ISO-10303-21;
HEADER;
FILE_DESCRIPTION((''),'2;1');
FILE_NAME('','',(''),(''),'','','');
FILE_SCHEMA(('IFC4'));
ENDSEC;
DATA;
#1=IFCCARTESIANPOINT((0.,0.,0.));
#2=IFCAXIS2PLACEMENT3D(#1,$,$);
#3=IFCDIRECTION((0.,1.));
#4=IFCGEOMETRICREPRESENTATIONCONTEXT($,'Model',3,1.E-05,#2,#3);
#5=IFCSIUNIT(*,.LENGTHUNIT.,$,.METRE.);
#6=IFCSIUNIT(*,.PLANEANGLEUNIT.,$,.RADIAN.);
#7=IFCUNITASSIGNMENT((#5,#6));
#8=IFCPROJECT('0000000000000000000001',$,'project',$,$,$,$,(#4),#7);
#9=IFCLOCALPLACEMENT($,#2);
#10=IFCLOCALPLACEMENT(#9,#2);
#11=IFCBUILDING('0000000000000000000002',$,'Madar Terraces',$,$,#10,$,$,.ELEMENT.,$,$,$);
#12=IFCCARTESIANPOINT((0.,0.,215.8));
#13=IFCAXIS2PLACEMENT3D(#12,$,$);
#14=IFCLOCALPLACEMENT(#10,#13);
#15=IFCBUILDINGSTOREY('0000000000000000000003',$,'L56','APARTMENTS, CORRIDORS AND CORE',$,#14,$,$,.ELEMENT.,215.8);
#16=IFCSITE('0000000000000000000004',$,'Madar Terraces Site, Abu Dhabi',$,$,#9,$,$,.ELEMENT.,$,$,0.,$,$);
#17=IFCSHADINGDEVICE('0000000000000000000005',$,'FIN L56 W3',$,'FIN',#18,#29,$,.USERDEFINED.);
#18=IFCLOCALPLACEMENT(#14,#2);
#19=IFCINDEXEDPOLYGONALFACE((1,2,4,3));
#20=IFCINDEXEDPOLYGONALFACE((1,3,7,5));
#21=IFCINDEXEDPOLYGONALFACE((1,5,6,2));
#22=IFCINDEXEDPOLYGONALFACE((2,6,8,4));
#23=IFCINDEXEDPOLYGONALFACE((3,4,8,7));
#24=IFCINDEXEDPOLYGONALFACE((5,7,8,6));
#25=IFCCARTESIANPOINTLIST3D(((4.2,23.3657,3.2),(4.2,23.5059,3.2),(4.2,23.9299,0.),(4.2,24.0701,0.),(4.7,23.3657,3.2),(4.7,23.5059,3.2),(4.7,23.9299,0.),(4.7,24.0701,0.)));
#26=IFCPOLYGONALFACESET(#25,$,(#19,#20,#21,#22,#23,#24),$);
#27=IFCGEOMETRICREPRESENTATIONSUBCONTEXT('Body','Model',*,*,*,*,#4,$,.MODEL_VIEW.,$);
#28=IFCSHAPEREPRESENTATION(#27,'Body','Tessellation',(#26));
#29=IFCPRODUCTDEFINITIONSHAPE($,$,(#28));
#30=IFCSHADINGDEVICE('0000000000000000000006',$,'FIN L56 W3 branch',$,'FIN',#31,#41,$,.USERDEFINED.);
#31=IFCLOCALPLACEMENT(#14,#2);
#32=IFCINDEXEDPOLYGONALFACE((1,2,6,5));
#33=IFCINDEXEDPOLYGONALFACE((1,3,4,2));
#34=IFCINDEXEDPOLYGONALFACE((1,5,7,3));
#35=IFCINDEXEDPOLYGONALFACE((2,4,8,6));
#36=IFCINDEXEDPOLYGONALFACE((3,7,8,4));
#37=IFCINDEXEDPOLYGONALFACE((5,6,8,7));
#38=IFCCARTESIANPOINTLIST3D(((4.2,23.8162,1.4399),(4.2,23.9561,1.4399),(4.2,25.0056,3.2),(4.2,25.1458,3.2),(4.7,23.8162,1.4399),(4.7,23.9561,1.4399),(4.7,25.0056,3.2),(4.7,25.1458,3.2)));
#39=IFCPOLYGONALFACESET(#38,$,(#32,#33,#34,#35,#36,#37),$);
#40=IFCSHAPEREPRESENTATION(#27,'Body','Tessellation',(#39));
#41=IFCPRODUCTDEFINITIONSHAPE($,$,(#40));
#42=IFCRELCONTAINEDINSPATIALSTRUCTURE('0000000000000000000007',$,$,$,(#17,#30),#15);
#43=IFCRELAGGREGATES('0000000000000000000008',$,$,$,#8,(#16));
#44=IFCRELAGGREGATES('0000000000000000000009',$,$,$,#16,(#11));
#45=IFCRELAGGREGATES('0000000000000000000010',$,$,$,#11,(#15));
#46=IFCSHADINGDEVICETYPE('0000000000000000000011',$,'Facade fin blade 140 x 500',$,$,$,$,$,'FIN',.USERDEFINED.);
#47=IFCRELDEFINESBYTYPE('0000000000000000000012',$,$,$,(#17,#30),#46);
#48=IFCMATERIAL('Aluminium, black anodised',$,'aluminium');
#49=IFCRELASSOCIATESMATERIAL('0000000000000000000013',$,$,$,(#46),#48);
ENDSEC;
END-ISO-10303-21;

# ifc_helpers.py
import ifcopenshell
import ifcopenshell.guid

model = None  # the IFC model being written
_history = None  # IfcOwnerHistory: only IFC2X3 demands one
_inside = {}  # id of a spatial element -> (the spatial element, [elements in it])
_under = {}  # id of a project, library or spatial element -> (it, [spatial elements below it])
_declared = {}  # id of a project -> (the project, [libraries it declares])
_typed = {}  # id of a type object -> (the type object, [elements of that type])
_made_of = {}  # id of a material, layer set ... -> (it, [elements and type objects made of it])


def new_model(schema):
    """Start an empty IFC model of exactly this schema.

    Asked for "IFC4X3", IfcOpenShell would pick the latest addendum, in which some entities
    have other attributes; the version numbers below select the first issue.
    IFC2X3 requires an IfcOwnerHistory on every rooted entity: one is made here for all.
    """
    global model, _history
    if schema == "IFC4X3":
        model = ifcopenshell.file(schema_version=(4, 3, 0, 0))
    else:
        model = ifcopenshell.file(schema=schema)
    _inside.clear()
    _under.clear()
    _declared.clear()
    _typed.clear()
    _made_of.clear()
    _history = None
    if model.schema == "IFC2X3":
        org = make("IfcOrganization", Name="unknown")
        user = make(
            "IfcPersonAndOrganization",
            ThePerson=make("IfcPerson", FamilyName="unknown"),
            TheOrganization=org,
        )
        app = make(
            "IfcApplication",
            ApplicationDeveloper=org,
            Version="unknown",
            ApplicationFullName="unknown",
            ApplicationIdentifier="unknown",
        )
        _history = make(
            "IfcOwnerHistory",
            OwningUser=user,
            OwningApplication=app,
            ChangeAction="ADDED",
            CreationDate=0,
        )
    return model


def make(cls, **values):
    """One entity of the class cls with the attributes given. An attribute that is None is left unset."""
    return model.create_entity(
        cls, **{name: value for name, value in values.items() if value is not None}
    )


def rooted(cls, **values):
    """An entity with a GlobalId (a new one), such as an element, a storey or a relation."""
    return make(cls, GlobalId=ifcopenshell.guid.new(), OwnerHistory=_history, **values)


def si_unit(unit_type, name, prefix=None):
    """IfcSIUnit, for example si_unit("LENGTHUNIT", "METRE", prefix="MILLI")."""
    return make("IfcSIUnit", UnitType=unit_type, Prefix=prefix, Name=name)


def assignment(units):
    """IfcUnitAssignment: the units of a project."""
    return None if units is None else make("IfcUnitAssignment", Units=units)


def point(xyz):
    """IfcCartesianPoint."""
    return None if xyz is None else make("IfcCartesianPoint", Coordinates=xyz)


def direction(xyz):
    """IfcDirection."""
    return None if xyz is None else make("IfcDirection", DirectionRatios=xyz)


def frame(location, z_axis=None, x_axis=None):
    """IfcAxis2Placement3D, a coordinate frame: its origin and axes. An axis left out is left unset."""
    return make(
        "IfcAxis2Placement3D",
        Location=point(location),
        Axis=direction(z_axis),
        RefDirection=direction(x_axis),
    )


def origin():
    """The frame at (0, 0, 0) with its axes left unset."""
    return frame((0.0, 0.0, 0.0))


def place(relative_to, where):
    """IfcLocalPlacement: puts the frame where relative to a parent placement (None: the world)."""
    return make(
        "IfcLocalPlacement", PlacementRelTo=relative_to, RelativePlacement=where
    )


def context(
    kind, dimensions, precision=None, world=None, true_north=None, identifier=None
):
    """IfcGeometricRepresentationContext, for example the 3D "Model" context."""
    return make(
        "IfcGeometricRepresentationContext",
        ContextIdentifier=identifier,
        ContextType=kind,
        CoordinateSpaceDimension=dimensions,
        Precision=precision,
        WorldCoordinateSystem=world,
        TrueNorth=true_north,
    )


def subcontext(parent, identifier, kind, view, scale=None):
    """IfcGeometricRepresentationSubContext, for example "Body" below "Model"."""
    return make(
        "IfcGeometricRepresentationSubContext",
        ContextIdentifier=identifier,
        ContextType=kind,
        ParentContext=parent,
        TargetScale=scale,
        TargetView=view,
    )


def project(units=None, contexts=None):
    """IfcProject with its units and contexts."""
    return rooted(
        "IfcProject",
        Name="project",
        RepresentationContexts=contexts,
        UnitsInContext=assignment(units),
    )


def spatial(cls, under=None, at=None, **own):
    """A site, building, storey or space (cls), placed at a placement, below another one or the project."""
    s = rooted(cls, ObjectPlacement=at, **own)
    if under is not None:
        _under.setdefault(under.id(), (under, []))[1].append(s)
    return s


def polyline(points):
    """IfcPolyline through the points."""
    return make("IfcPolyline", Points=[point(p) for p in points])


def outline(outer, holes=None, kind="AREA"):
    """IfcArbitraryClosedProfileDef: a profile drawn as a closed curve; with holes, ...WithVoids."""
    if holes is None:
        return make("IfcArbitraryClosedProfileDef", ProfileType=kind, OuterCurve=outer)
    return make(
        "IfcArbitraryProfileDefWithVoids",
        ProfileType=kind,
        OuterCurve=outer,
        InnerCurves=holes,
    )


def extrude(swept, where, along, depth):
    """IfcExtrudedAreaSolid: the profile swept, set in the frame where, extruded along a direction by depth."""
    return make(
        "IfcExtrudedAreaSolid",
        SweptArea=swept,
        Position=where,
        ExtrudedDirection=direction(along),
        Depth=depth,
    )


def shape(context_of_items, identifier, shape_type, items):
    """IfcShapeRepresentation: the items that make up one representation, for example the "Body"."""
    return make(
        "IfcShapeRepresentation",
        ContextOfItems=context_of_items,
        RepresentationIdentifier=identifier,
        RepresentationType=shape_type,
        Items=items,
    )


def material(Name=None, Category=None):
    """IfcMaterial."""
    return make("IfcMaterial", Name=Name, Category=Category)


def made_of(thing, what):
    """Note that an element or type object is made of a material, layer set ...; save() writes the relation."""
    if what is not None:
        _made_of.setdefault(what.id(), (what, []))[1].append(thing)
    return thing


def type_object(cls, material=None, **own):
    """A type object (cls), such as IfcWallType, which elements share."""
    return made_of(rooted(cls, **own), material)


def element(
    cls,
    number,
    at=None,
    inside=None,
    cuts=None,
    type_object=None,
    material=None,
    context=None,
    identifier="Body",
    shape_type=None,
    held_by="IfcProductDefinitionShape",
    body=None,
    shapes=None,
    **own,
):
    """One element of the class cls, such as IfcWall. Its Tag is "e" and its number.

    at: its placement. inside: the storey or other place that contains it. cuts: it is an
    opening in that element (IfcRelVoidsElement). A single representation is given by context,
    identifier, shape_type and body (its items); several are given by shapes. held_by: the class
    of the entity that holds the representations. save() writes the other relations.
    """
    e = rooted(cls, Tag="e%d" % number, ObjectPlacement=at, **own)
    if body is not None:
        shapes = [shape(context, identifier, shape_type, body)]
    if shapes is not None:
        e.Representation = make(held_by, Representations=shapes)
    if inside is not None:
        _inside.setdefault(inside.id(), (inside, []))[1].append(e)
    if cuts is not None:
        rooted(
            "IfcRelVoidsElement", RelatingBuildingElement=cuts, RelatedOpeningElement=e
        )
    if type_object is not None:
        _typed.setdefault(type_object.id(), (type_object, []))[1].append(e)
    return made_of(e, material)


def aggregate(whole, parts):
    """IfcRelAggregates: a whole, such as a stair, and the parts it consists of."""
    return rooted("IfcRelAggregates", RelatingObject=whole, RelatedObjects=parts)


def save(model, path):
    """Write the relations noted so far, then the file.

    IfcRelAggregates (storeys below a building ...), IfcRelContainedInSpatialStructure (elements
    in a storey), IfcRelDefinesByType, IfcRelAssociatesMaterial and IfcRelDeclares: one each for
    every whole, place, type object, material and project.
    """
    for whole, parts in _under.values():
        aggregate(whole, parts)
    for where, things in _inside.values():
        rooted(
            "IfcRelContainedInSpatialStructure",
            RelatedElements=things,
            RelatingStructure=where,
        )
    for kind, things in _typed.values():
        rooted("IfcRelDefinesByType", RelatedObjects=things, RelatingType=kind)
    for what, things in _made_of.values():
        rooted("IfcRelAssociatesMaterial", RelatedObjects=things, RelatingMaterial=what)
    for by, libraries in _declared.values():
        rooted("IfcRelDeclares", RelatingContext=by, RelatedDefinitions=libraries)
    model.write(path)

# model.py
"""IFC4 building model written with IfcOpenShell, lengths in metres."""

from ifc_helpers import new_model, si_unit, direction, frame, origin, place, context, subcontext, project, spatial, polyline, outline, extrude, material, type_object, element, save


model = new_model("IFC4")

# Units and contexts
model_context = context("Model", 3, precision=1e-05, world=origin(), true_north=direction((0.0, 1.0)))
body_context = subcontext(model_context, "Body", "Model", "MODEL_VIEW")
ifc_project = project(units=[si_unit("LENGTHUNIT", "METRE"), si_unit("PLANEANGLEUNIT", "RADIAN")], contexts=[model_context])

# Site, building, storey
site_placement = place(None, origin())
site = spatial("IfcSite", under=ifc_project, at=site_placement, Name="Madar Terraces Site, Abu Dhabi", CompositionType="ELEMENT", RefElevation=0.0)
building_placement = place(site_placement, origin())
building = spatial("IfcBuilding", under=site, at=building_placement, Name="Madar Terraces", CompositionType="ELEMENT")
storey_placement = place(building_placement, frame((0.0, 0.0, 215.8)))
storey = spatial("IfcBuildingStorey", under=building, at=storey_placement, Name="L56", Description="APARTMENTS, CORRIDORS AND CORE", CompositionType="ELEMENT", Elevation=215.8)

# Shading devices
ifc_material_1 = material(Name="Aluminium, black anodised", Category="aluminium")
shading_device_type = type_object("IfcShadingDeviceType", Name="Facade fin blade 140 x 500", ElementType="FIN", PredefinedType="USERDEFINED", material=ifc_material_1)
shading_device_1_placement = place(storey_placement, frame((4.45, 24.0701, 0.0), z_axis=(0.0, 0.0, 1.0), x_axis=(0.0, -1.0, 0.0)))
element("IfcShadingDevice", 1, at=shading_device_1_placement, inside=storey, type_object=shading_device_type, Name="FIN L56 W3", ObjectType="FIN", PredefinedType="USERDEFINED", context=body_context, shape_type="SweptSolid", body=[
    extrude(outline(polyline([(0.0, 0.0), (0.1401, 0.0), (0.7043, 3.2), (0.5642, 3.2), (0.0, 0.0)])), frame((0.0, 0.25, 0.0), z_axis=(0.0, -1.0, 0.0), x_axis=(1.0, 0.0, 0.0)), (0.0, 0.0, 1.0), 0.5),
])
shading_device_2_placement = place(storey_placement, frame((4.45, 23.9561, 1.4399), z_axis=(0.0, 0.0, 1.0), x_axis=(0.0, -1.0, 0.0)))
element("IfcShadingDevice", 2, at=shading_device_2_placement, inside=storey, type_object=shading_device_type, Name="FIN L56 W3 branch", ObjectType="FIN", PredefinedType="USERDEFINED", context=body_context, shape_type="SweptSolid", body=[
    extrude(outline(polyline([(0.0, 0.0), (0.1399, 0.0), (-1.0496, 1.76), (-1.1897, 1.76), (0.0, 0.0)])), frame((0.0, 0.25, 0.0), z_axis=(0.0, -1.0, 0.0), x_axis=(1.0, 0.0, 0.0)), (0.0, 0.0, 1.0), 0.5),
])

save(model, "model.ifc")
